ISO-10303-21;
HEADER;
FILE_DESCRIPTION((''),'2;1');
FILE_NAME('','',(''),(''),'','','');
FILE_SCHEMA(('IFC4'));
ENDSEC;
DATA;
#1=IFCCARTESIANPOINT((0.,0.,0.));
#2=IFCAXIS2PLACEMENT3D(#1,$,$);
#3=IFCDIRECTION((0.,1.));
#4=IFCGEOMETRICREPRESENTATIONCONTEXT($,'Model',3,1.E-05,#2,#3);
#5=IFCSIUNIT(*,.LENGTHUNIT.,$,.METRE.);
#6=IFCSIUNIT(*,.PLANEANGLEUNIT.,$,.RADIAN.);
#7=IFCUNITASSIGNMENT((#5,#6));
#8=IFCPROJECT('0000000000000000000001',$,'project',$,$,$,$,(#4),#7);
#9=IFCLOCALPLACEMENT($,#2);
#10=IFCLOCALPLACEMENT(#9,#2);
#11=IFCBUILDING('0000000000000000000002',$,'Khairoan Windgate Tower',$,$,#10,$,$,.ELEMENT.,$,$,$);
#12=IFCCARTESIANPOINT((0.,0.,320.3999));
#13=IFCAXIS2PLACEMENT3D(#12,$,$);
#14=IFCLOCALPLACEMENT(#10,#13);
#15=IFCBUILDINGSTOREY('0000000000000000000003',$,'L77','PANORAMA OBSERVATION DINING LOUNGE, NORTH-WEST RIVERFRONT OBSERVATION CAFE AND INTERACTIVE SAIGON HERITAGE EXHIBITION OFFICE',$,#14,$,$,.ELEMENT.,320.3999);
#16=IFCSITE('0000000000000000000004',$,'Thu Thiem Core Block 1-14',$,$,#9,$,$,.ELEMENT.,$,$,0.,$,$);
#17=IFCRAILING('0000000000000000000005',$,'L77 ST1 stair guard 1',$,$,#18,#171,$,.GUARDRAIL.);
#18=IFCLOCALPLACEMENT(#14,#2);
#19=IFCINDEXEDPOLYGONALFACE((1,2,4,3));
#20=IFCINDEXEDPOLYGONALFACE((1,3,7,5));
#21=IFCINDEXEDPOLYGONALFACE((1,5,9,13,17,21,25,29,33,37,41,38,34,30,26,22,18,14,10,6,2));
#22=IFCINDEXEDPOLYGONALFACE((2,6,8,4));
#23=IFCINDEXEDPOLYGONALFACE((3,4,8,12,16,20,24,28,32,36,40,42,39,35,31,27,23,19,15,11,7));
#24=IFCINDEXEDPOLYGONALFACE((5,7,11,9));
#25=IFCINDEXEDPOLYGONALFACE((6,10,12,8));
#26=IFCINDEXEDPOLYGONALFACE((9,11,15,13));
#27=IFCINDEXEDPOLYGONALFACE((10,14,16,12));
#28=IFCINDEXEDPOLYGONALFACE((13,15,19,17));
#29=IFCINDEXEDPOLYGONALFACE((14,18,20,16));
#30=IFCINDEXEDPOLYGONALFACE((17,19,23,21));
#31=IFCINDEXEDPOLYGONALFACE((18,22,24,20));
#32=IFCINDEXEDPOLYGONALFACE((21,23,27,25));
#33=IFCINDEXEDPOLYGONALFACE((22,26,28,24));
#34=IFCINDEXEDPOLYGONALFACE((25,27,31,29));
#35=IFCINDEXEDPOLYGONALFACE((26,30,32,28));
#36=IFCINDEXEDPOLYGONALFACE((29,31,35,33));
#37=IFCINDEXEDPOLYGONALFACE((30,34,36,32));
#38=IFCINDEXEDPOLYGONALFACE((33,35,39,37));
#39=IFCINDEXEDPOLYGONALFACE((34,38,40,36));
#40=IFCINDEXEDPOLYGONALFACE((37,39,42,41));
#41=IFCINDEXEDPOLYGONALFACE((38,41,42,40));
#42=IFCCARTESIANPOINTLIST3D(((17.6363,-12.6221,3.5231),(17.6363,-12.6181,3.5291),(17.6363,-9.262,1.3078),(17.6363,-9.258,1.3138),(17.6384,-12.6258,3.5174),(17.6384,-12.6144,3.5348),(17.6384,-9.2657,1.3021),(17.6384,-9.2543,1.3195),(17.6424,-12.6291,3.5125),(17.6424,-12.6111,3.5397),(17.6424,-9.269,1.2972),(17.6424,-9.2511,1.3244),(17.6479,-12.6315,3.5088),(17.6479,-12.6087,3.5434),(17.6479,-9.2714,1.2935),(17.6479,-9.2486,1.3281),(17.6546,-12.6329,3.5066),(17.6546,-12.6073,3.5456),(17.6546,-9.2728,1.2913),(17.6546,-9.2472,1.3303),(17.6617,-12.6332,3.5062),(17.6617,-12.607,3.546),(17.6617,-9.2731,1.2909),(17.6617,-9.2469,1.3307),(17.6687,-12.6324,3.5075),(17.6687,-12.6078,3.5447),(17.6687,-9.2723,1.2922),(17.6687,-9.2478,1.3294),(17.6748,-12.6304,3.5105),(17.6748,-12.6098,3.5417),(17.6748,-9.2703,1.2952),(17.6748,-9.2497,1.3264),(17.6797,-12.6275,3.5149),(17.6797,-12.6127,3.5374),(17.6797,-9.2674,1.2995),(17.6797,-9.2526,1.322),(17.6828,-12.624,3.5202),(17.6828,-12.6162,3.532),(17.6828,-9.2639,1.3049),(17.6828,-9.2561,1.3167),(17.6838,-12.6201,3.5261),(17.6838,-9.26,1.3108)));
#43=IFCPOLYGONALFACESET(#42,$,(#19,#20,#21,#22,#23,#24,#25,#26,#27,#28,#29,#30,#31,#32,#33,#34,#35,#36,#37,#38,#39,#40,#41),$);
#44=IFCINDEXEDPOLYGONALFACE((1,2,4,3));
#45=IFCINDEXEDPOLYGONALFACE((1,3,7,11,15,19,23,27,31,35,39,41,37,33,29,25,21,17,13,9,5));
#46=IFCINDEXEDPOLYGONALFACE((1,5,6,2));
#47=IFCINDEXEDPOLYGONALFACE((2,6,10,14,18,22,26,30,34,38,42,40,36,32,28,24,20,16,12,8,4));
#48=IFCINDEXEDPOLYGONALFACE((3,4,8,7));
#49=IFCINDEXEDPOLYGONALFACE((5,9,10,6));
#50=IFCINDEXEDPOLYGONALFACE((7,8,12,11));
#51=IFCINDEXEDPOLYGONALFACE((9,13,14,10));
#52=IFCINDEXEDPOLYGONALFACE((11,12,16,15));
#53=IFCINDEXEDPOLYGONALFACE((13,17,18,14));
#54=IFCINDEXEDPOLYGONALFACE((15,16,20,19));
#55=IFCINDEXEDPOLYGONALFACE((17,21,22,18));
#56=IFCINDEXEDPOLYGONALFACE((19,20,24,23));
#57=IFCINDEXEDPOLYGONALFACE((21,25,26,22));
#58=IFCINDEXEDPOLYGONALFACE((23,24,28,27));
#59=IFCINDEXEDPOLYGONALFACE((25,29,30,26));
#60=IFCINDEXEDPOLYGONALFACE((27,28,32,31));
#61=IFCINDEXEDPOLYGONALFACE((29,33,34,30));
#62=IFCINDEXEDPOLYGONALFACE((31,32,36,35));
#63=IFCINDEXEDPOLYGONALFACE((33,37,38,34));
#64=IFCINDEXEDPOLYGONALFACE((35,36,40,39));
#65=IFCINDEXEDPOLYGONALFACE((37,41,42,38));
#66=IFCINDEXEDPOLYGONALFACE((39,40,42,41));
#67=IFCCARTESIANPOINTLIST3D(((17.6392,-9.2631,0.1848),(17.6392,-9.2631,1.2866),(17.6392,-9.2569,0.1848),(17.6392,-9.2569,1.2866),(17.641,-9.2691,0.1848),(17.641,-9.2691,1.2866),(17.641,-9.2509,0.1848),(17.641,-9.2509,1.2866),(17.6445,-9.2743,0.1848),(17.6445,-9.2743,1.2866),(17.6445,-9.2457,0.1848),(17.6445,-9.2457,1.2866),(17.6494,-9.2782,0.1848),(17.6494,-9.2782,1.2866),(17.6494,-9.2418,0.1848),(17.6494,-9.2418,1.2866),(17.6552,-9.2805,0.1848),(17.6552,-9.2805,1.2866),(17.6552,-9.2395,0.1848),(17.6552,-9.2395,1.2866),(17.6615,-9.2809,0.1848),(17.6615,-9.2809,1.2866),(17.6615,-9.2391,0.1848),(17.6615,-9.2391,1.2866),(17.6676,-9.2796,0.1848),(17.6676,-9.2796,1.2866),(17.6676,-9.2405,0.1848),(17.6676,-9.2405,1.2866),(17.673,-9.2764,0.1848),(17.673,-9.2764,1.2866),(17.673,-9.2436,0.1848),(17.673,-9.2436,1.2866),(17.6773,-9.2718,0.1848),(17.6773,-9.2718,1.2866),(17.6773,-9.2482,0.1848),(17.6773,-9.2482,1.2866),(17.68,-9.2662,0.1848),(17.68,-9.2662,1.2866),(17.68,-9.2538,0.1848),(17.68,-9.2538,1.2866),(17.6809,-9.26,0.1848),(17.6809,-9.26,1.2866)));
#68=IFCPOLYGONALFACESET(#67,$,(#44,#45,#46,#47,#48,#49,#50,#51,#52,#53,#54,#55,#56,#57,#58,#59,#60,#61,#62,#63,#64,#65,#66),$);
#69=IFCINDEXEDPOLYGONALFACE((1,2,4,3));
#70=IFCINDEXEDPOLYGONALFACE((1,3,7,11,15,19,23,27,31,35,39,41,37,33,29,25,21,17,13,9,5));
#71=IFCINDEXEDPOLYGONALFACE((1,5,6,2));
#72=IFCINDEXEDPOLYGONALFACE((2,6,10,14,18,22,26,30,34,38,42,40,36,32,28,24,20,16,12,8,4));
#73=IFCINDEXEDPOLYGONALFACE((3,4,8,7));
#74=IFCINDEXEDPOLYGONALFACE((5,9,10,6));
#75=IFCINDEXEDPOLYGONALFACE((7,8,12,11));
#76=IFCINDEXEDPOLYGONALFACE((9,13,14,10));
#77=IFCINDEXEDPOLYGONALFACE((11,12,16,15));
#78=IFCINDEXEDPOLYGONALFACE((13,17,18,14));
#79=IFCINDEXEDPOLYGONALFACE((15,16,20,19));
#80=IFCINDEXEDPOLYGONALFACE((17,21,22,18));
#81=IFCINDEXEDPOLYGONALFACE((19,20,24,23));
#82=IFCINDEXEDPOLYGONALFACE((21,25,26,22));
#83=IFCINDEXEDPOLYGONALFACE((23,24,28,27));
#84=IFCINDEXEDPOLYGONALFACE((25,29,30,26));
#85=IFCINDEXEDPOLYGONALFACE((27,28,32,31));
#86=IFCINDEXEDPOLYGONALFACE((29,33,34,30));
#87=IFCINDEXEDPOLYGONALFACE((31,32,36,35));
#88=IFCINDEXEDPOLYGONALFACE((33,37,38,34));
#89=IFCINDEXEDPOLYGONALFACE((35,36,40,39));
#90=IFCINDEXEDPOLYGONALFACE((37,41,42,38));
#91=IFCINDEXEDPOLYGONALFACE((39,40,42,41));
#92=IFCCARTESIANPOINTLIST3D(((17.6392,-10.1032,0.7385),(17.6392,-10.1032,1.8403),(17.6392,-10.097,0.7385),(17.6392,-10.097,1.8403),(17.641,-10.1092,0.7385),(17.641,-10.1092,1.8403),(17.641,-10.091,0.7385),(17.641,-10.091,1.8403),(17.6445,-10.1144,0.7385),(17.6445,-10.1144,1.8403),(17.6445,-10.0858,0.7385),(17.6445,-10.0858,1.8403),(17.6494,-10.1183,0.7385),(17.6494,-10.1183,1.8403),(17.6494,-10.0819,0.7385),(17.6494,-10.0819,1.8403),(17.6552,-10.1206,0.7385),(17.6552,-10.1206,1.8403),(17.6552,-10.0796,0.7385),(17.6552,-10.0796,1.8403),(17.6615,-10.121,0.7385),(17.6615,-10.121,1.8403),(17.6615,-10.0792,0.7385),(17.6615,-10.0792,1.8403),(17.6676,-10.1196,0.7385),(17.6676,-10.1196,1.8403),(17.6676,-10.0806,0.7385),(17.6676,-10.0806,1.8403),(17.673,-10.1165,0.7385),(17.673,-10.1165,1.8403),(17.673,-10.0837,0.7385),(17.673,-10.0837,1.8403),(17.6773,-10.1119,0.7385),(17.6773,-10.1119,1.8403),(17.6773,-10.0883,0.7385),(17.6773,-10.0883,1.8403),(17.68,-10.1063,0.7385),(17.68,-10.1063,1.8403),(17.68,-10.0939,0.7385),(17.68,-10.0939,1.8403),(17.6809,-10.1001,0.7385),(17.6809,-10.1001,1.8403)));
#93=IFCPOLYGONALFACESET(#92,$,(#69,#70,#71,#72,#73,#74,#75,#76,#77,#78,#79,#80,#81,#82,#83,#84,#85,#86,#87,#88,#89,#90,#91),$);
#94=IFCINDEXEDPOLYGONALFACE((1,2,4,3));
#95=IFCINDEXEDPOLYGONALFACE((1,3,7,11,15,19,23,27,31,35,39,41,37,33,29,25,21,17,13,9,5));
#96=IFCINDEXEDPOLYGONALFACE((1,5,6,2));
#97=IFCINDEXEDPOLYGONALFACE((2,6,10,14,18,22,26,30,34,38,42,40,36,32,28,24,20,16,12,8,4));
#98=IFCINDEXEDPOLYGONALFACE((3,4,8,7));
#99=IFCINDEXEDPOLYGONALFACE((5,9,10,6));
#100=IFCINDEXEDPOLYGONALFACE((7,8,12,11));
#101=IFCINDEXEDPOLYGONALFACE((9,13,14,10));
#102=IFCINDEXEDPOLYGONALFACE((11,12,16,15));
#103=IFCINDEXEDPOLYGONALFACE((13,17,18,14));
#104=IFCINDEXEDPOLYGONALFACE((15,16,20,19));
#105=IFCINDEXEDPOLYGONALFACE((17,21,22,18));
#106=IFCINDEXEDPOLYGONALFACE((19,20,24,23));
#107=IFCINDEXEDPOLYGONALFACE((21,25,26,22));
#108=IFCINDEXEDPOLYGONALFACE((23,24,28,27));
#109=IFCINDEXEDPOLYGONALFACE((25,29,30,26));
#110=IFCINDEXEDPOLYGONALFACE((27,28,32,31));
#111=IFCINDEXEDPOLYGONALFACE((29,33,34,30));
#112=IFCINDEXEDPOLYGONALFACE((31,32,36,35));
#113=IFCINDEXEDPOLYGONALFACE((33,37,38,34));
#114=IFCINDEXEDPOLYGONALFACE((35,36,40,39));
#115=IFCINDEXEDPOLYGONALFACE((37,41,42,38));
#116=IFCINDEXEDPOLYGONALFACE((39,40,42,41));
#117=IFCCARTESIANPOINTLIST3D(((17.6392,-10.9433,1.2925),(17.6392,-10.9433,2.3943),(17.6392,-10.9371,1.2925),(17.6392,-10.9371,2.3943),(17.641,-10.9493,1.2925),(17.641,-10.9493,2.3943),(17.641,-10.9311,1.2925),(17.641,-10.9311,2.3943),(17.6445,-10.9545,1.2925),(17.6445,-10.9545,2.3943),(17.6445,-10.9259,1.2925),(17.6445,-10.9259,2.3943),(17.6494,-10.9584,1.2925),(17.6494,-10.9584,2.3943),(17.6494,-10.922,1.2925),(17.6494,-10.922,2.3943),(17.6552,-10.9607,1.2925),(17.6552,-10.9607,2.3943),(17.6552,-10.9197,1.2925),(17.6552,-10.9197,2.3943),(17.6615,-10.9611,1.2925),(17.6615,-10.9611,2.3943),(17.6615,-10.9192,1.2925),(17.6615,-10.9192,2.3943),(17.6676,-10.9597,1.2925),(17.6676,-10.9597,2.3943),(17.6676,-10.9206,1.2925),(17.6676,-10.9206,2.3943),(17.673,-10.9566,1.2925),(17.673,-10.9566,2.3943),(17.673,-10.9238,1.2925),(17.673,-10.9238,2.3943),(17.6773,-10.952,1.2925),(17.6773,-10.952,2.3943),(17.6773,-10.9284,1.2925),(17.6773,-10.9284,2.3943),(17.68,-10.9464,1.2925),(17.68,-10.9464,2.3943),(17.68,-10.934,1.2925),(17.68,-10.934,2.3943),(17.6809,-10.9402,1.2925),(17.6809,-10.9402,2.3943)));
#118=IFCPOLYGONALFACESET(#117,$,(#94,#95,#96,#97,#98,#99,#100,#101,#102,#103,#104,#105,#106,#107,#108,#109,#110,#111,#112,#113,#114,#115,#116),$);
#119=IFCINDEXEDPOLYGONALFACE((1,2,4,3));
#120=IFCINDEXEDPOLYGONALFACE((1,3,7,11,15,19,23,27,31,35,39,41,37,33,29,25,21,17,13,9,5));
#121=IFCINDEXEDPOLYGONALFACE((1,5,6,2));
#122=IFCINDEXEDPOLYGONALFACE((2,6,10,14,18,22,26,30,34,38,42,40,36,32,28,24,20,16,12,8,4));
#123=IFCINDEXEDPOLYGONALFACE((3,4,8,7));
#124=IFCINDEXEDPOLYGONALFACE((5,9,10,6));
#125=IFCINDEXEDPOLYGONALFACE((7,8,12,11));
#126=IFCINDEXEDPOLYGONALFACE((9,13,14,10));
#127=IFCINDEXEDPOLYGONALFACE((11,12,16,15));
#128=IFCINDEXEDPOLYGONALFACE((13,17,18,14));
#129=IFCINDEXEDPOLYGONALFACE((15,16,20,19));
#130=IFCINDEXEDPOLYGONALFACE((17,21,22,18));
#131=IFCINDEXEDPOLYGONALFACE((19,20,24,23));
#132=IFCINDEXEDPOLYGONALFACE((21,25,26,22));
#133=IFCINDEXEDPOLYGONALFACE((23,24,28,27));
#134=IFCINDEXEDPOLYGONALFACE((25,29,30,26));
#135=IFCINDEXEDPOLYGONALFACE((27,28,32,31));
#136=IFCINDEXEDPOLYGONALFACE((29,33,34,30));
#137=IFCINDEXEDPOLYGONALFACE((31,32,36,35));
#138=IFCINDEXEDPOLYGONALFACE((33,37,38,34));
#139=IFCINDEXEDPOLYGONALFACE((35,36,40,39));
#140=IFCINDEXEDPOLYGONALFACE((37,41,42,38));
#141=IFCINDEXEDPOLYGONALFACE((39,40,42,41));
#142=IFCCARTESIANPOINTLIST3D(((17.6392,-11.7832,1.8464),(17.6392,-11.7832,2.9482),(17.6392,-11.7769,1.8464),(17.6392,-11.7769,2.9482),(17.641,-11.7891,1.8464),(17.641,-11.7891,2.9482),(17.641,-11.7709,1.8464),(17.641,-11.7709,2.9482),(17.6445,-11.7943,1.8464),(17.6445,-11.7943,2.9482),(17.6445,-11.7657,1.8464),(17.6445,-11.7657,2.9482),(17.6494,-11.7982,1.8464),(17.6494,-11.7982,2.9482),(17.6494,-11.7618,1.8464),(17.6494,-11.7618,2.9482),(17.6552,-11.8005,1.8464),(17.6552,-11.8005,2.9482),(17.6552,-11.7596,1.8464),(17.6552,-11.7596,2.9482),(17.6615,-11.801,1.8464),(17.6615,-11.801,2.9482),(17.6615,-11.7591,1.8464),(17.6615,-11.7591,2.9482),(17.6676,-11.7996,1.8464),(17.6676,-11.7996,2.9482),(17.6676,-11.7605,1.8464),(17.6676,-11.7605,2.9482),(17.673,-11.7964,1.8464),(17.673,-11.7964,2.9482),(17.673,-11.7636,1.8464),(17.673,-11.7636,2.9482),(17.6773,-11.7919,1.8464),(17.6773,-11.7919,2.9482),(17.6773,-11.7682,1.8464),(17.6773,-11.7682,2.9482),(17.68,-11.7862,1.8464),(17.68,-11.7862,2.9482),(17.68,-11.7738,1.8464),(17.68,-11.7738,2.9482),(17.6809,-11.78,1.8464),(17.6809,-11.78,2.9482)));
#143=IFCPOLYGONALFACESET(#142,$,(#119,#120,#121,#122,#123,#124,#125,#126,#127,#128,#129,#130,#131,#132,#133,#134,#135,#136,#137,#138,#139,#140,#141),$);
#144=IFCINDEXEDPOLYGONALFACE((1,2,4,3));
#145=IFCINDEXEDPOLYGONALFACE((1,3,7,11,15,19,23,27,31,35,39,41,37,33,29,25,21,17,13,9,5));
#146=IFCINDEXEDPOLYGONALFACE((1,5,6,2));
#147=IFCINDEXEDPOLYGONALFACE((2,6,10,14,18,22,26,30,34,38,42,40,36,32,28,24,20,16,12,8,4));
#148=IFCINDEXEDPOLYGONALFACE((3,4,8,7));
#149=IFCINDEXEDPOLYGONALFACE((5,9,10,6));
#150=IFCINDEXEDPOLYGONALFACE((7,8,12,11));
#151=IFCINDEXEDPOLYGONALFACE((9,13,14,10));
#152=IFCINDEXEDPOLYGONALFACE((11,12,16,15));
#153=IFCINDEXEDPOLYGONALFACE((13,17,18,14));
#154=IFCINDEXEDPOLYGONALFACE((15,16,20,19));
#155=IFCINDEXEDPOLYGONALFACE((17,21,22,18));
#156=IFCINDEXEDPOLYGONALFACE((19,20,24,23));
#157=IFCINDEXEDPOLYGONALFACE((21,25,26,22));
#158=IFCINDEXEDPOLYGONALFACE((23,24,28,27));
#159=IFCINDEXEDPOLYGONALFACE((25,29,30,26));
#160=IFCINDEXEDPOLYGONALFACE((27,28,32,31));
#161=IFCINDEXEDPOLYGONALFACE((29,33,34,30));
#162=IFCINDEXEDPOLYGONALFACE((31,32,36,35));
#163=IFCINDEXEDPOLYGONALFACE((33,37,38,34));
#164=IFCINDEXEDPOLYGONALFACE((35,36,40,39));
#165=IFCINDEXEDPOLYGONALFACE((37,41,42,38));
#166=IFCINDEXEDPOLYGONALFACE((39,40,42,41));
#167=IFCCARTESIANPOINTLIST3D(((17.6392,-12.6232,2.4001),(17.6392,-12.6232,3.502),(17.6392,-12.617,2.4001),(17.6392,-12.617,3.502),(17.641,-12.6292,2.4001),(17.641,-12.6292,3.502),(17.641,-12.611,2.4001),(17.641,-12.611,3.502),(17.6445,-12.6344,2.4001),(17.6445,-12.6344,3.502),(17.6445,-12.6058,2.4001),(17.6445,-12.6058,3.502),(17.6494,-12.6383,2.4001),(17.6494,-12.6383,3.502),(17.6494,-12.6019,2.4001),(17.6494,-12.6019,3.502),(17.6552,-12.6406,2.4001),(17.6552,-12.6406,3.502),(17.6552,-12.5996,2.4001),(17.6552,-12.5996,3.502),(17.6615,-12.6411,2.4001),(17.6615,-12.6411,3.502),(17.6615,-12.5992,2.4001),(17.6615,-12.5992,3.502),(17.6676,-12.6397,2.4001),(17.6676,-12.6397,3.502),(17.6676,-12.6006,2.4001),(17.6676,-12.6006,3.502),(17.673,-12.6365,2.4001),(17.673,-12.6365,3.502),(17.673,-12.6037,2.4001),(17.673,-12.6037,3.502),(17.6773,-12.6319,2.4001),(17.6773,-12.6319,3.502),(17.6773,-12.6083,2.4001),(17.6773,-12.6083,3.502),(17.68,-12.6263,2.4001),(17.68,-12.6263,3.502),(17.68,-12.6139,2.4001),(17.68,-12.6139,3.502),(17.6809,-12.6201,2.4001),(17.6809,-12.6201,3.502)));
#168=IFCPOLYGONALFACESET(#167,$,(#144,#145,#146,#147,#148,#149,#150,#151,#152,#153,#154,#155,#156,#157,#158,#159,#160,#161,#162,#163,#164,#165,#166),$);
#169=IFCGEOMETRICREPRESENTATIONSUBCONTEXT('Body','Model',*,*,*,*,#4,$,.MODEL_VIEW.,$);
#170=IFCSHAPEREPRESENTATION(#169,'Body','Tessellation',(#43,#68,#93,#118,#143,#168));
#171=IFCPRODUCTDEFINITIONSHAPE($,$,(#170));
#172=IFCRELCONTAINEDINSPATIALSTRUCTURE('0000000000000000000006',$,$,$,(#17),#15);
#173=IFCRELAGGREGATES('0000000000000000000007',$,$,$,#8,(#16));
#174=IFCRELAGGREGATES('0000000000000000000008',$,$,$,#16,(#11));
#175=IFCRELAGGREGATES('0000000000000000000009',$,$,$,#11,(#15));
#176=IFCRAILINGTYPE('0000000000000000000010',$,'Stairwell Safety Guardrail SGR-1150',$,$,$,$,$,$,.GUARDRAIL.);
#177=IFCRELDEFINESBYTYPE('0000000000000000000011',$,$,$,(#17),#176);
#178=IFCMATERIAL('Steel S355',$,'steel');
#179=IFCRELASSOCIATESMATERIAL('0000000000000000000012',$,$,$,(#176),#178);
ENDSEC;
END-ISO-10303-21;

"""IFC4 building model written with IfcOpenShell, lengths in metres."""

from ifc_helpers import new_model, si_unit, direction, frame, origin, origin_2d, place, context, subcontext, project, spatial, circle, extrude, material, type_object, element, save


model = new_model("IFC4")

# Units and contexts
model_context = context("Model", 3, precision=1e-05, world=origin(), true_north=direction((0.0, 1.0)))
body_context = subcontext(model_context, "Body", "Model", "MODEL_VIEW")
ifc_project = project(units=[si_unit("LENGTHUNIT", "METRE"), si_unit("PLANEANGLEUNIT", "RADIAN")], contexts=[model_context])

# Site, building, storey
site_placement = place(None, origin())
site = spatial("IfcSite", under=ifc_project, at=site_placement, Name="Thu Thiem Core Block 1-14", CompositionType="ELEMENT", RefElevation=0.0)
building_placement = place(site_placement, origin())
building = spatial("IfcBuilding", under=site, at=building_placement, Name="Khairoan Windgate Tower", CompositionType="ELEMENT")
storey_placement = place(building_placement, frame((0.0, 0.0, 320.3999)))
storey = spatial("IfcBuildingStorey", under=building, at=storey_placement, Name="L77", Description="PANORAMA OBSERVATION DINING LOUNGE, NORTH-WEST RIVERFRONT OBSERVATION CAFE AND INTERACTIVE SAIGON HERITAGE EXHIBITION OFFICE", CompositionType="ELEMENT", Elevation=320.3999)

# Railing
ifc_material_1 = material(Name="Steel S355", Category="steel")
railing_type_1 = type_object("IfcRailingType", Name="Stairwell Safety Guardrail SGR-1150", PredefinedType="GUARDRAIL", material=ifc_material_1)
railing_1_placement = place(storey_placement, frame((17.6599, -9.26, 0.1848)))
element("IfcRailing", 1, at=railing_1_placement, inside=storey, type_object=railing_type_1, Name="L77 ST1 stair guard 1", PredefinedType="GUARDRAIL", context=body_context, shape_type="SweptSolid", body=[
    extrude(circle(Radius=0.0239, at=origin_2d()), frame((0.0, 0.0, 1.126), z_axis=(0.0, -0.834876, 0.550437), x_axis=(1.0, 0.0, 0.0)), (0.0, 0.0, 1.0), 4.0247),
    extrude(circle(Radius=0.021, at=origin_2d()), origin(), (0.0, 0.0, 1.0), 1.1018),
    extrude(circle(Radius=0.021, at=origin_2d()), frame((0.0, -0.8401, 0.5537)), (0.0, 0.0, 1.0), 1.1018),
    extrude(circle(Radius=0.021, at=origin_2d()), frame((0.0, -1.6802, 1.1077)), (0.0, 0.0, 1.0), 1.1018),
    extrude(circle(Radius=0.021, at=origin_2d()), frame((0.0, -2.52, 1.6616)), (0.0, 0.0, 1.0), 1.1018),
    extrude(circle(Radius=0.021, at=origin_2d()), frame((0.0, -3.3601, 2.2153)), (0.0, 0.0, 1.0), 1.1018),
])

save(model, "model.ifc")
